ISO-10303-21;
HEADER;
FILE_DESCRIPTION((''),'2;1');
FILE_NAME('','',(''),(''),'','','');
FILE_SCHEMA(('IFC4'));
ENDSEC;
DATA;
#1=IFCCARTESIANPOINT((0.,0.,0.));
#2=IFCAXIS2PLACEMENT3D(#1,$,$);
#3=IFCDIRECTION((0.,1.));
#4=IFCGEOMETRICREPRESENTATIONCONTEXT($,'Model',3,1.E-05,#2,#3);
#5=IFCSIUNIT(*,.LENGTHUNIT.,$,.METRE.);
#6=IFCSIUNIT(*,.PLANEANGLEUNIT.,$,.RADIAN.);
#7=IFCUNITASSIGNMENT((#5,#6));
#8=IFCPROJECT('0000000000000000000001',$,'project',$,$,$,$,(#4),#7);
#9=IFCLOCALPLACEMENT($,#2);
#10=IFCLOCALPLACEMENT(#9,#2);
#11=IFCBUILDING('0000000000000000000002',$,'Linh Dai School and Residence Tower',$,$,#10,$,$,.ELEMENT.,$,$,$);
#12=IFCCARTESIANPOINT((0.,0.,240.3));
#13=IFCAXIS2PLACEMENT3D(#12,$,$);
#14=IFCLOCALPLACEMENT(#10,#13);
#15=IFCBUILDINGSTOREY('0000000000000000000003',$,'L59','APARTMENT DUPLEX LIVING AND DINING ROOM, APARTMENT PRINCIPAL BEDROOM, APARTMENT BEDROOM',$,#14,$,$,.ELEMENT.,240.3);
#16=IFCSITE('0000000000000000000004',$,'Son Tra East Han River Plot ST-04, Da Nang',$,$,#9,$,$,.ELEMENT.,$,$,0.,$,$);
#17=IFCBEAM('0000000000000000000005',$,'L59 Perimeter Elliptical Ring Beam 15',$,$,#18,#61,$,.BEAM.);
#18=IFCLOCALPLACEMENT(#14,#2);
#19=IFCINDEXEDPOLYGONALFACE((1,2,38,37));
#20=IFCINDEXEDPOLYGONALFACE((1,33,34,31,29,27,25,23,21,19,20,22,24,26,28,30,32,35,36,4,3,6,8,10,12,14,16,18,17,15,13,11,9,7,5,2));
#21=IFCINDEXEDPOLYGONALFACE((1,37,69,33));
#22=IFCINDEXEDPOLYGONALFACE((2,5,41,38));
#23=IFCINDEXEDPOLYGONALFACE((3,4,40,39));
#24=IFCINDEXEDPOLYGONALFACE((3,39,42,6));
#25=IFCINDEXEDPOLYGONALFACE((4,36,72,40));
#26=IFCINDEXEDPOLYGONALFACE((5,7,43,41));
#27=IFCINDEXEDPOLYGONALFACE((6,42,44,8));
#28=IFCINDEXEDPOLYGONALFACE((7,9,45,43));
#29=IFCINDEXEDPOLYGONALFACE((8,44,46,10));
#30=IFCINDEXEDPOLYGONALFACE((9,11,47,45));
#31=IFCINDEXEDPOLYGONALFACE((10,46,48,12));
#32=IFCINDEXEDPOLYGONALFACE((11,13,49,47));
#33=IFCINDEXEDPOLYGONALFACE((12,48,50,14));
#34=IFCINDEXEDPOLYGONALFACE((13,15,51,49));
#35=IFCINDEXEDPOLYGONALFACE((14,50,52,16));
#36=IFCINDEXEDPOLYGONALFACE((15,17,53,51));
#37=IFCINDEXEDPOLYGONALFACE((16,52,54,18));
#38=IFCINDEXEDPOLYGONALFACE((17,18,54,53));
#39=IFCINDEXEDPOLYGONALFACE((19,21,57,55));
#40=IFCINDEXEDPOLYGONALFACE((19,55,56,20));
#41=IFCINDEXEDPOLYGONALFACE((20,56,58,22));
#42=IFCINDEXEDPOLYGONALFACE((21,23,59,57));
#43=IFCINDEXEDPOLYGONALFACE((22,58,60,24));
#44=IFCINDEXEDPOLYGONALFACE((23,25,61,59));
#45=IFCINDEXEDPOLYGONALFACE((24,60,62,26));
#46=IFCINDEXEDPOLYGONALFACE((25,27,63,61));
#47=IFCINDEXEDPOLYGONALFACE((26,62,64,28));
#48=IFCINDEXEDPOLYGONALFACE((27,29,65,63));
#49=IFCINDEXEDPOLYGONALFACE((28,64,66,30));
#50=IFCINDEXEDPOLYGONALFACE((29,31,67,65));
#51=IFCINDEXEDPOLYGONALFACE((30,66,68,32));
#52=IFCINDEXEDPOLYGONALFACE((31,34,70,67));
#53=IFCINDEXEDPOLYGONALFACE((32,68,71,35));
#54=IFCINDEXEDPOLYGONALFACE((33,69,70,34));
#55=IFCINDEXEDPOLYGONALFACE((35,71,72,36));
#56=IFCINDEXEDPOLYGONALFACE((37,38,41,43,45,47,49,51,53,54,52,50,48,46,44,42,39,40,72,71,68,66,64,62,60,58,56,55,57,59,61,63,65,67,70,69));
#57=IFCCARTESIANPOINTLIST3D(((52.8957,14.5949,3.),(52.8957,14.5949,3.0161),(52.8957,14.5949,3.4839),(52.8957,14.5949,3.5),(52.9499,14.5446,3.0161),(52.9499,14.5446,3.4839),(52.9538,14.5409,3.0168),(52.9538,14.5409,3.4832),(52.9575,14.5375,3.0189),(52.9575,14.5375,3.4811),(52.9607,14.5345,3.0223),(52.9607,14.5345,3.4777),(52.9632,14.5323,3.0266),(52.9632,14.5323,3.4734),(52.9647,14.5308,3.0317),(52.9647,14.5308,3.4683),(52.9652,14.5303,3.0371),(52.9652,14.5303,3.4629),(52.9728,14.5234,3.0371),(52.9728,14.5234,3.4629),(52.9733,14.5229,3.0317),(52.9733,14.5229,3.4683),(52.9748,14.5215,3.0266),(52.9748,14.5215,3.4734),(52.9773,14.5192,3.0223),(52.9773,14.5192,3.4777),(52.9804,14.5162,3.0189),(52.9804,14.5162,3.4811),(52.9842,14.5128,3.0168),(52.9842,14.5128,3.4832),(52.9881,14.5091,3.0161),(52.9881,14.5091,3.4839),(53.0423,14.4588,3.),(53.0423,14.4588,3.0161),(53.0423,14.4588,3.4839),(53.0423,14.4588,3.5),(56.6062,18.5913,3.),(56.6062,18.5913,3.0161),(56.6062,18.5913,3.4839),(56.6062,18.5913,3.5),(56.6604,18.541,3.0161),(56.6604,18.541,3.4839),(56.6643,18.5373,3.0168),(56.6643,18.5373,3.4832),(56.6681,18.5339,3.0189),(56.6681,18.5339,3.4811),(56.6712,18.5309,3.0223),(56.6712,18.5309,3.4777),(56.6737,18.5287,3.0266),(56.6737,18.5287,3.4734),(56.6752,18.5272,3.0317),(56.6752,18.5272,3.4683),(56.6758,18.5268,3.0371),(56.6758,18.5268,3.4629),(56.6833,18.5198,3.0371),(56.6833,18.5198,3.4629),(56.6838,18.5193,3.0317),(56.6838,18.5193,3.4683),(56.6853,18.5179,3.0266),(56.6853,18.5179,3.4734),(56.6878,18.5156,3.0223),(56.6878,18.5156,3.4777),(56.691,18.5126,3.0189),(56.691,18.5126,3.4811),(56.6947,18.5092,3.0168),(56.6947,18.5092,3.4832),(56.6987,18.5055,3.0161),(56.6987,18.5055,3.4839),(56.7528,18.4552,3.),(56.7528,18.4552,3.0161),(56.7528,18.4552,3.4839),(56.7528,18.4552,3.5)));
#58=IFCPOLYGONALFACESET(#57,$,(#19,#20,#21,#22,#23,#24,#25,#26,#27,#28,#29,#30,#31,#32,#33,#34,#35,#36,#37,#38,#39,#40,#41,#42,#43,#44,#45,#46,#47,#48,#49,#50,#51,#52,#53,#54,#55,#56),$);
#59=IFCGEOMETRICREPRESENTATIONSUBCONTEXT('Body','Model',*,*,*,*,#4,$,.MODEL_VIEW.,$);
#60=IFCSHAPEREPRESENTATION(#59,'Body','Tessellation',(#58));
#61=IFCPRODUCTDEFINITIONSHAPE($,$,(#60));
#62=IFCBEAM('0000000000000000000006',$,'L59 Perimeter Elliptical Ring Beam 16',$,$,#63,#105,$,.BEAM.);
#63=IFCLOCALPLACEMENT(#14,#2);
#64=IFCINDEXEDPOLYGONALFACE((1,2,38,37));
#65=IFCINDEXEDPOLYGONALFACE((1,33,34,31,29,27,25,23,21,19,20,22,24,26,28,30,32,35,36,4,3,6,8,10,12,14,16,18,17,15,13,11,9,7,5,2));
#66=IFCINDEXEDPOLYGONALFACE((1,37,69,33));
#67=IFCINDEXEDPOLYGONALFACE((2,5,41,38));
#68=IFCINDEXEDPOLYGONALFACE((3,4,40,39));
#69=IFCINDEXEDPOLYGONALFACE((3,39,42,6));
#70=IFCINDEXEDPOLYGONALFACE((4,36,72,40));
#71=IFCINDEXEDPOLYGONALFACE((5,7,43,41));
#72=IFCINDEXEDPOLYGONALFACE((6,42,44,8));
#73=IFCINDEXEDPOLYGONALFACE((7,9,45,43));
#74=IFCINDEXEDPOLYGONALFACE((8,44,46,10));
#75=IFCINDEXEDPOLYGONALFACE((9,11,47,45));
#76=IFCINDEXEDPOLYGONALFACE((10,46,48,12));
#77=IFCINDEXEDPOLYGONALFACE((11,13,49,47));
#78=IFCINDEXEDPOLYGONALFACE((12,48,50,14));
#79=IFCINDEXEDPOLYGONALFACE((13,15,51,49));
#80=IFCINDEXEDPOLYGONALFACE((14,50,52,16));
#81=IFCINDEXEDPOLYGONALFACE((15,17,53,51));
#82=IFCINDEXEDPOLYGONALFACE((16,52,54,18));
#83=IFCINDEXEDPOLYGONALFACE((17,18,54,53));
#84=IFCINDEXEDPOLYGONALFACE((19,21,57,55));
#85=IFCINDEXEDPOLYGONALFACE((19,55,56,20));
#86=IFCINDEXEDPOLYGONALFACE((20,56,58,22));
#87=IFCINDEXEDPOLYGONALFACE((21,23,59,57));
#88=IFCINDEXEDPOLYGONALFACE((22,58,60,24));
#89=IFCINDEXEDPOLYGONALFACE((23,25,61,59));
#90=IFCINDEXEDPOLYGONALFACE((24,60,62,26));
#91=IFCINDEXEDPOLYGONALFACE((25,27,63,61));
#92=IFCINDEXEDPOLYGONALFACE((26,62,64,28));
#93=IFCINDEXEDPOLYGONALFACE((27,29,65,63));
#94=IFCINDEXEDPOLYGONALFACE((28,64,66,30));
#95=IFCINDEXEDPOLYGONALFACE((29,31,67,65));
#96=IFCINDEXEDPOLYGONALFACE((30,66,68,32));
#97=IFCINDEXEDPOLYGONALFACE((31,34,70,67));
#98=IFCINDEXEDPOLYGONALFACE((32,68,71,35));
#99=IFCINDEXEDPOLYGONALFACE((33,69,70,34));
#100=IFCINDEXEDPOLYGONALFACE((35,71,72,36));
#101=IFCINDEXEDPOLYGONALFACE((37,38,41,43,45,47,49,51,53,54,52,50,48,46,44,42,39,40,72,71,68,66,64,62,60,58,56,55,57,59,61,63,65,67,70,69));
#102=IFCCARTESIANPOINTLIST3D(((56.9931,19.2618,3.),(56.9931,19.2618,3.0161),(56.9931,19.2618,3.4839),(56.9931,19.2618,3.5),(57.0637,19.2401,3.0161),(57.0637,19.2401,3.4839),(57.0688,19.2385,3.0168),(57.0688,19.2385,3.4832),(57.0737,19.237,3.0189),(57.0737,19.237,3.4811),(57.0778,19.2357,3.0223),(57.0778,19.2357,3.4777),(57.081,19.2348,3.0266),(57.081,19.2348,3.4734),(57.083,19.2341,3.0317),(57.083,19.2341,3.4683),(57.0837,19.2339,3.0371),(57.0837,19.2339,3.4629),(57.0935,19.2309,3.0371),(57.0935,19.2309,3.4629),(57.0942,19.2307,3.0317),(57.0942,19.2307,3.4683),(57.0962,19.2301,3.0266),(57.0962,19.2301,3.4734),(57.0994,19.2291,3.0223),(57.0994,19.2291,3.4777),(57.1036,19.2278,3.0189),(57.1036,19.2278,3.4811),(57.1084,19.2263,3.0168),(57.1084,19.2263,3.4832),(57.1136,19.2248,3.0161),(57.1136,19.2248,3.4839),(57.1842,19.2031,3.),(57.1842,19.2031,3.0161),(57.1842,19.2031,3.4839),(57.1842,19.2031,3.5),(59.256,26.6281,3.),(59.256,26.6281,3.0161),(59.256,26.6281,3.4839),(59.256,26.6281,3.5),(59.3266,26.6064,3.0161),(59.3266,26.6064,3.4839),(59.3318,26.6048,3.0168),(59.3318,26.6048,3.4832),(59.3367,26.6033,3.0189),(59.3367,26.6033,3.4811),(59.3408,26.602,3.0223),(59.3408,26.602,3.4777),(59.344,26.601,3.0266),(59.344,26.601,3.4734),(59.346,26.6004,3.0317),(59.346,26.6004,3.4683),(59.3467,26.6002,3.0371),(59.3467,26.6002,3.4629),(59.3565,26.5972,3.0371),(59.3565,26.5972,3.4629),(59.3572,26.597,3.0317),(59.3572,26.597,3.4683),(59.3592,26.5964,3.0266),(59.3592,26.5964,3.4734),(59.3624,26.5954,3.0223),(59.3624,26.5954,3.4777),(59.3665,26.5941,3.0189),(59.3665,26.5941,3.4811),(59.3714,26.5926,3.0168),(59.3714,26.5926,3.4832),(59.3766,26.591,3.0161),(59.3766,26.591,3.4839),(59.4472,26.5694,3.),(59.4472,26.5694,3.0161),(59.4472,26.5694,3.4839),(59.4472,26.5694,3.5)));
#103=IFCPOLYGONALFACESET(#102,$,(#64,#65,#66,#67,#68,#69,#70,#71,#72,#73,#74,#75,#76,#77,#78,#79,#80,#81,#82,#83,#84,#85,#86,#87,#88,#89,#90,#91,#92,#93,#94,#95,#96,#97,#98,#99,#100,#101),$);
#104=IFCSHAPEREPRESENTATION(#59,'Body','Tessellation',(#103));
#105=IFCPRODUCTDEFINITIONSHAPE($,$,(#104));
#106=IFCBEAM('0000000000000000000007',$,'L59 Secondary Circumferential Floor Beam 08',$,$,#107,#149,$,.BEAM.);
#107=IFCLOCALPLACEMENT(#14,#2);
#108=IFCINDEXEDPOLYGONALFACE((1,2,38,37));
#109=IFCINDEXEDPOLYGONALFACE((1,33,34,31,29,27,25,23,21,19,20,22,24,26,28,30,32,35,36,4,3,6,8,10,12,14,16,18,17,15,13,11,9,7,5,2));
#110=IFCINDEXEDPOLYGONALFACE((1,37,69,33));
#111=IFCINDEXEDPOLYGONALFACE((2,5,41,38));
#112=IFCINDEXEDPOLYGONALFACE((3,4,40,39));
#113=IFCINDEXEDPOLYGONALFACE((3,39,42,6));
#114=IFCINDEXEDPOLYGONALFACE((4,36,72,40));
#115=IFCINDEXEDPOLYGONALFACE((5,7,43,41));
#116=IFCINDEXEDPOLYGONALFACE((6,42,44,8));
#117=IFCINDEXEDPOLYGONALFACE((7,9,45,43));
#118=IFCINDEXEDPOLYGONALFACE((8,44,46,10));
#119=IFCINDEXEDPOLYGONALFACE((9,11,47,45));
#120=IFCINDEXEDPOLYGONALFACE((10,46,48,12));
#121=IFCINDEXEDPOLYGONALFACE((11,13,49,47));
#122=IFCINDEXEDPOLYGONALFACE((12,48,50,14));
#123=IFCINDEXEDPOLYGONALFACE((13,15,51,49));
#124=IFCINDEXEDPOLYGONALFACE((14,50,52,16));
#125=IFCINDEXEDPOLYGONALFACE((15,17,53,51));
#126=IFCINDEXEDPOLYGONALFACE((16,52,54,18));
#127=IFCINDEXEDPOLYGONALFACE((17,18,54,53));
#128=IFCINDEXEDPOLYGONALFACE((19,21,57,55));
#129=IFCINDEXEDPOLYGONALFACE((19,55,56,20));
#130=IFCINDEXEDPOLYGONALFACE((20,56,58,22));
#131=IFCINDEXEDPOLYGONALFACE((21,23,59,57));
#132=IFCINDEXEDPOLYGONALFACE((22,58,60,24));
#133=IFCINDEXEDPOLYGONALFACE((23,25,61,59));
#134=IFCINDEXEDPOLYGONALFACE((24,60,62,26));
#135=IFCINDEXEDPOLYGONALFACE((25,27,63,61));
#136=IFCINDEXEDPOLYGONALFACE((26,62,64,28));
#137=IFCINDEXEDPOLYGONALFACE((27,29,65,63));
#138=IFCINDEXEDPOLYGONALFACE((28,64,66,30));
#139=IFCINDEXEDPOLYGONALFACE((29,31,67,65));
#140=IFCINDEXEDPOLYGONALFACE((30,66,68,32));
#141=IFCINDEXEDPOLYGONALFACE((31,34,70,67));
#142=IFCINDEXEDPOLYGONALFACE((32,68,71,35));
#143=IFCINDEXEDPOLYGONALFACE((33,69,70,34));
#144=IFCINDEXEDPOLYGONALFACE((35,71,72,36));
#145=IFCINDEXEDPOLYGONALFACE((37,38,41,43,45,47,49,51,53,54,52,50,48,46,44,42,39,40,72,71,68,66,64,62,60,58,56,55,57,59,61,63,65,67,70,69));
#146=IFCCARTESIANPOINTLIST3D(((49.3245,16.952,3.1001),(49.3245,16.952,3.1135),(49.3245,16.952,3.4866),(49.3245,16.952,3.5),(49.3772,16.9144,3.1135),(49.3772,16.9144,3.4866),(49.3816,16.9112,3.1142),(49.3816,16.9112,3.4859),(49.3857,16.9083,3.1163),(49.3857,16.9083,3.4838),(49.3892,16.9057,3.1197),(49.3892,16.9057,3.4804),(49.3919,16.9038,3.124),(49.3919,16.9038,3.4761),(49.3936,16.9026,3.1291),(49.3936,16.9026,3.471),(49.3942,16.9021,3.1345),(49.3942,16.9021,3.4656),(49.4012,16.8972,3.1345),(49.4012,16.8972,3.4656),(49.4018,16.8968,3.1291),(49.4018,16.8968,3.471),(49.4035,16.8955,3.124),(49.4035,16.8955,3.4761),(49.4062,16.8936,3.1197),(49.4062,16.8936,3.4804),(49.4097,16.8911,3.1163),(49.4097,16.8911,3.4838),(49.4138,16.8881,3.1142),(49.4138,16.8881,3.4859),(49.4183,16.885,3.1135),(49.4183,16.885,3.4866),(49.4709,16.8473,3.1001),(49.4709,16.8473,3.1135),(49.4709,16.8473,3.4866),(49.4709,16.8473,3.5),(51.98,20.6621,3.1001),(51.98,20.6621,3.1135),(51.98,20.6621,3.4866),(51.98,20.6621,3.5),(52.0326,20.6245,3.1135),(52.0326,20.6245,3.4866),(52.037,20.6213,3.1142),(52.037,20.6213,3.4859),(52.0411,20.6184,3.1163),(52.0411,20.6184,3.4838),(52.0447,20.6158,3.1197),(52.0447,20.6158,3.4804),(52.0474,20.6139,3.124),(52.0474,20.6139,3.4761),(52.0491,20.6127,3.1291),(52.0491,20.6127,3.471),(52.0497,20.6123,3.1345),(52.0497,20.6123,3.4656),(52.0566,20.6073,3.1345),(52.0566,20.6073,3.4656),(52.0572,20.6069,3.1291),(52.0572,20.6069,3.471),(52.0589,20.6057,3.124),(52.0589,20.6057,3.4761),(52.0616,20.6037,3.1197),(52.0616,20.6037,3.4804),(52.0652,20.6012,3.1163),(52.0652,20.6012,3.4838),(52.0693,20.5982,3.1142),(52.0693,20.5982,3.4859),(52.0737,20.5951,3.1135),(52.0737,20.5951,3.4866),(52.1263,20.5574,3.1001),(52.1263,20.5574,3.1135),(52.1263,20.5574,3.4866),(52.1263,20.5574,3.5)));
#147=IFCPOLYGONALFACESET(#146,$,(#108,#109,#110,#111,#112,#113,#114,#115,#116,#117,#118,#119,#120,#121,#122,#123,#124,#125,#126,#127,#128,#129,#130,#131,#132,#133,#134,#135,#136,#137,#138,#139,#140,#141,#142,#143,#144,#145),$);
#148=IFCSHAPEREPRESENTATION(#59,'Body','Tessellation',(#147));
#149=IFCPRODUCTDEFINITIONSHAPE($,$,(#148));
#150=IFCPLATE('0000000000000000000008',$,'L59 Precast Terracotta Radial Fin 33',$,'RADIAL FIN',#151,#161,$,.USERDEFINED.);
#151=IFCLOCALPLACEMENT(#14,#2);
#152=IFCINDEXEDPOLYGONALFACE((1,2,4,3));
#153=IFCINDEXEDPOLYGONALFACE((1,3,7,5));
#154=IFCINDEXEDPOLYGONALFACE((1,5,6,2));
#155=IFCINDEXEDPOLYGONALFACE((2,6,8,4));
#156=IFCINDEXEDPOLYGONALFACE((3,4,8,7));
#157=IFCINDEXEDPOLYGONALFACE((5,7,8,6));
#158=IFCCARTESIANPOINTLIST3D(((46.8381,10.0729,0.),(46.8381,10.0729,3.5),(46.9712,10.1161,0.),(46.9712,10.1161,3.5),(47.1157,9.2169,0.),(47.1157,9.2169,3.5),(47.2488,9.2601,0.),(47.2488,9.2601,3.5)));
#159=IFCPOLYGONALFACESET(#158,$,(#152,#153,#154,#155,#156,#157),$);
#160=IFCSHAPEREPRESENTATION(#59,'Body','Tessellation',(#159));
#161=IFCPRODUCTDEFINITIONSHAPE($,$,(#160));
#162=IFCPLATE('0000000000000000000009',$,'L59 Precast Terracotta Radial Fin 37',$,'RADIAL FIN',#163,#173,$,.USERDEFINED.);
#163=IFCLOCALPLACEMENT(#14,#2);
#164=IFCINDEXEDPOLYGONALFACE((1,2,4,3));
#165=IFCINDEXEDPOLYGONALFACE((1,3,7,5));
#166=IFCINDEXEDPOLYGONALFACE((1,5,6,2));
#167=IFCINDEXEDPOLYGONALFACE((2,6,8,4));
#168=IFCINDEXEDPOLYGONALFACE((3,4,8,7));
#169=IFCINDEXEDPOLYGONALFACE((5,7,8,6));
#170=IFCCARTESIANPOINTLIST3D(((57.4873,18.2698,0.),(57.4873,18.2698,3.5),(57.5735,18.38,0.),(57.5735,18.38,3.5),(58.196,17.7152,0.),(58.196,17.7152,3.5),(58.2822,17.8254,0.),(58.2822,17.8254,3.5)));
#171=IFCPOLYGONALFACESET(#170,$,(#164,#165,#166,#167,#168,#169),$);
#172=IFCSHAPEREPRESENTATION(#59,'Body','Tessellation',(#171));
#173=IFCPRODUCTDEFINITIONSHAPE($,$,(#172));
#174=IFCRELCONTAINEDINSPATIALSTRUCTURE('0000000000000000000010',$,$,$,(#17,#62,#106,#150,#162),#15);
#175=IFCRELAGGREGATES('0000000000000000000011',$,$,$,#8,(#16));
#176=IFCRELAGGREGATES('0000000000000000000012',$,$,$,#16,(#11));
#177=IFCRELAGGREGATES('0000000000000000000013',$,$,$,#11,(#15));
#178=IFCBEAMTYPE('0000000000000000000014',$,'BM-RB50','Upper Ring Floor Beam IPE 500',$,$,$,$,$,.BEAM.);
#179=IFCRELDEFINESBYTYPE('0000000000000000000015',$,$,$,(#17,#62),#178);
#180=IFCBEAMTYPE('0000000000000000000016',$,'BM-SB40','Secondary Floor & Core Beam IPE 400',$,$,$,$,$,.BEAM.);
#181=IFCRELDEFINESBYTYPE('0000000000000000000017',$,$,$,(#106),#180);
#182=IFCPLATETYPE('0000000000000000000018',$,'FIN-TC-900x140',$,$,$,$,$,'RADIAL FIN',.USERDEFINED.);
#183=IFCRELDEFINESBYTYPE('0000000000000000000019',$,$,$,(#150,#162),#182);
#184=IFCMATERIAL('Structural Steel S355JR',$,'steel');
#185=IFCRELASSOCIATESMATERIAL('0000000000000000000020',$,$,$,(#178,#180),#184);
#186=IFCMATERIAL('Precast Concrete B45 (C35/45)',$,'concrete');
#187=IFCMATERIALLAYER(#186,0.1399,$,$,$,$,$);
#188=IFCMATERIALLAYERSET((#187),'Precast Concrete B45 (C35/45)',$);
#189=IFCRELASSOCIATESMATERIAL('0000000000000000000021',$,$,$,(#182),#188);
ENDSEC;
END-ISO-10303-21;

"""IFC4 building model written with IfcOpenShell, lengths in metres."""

from ifc_helpers import new_model, si_unit, direction, frame, origin, origin_2d, place, context, subcontext, project, spatial, rectangle, i_section, extrude, source, transform, mapped, material, layer, layer_set, material_profile, profile_set, type_object, element, save


model = new_model("IFC4")

# Units and contexts
model_context = context("Model", 3, precision=1e-05, world=origin(), true_north=direction((0.0, 1.0)))
body_context = subcontext(model_context, "Body", "Model", "MODEL_VIEW")
ifc_project = project(units=[si_unit("LENGTHUNIT", "METRE"), si_unit("PLANEANGLEUNIT", "RADIAN")], contexts=[model_context])

# Site, building, storey
site_placement = place(None, origin())
site = spatial("IfcSite", under=ifc_project, at=site_placement, Name="Son Tra East Han River Plot ST-04, Da Nang", CompositionType="ELEMENT", RefElevation=0.0)
building_placement = place(site_placement, origin())
building = spatial("IfcBuilding", under=site, at=building_placement, Name="Linh Dai School and Residence Tower", CompositionType="ELEMENT")
storey_placement = place(building_placement, frame((0.0, 0.0, 240.3)))
storey = spatial("IfcBuildingStorey", under=building, at=storey_placement, Name="L59", Description="APARTMENT DUPLEX LIVING AND DINING ROOM, APARTMENT PRINCIPAL BEDROOM, APARTMENT BEDROOM", CompositionType="ELEMENT", Elevation=240.3)

# Shared definitions
ifc_material_1 = material(Name="Structural Steel S355JR", Category="steel")

# Beams
ifc_material_profile_1 = material_profile(ifc_material_1, i_section(OverallWidth=0.2, OverallDepth=0.5, WebThickness=0.0103, FlangeThickness=0.0161, FilletRadius=0.021, at=origin_2d()), Name="IPE 500")
ifc_profile_set_1 = profile_set([ifc_material_profile_1], Name="Structural Steel S355JR")
beam_type_1 = type_object("IfcBeamType", Name="BM-RB50", Description="Upper Ring Floor Beam IPE 500", PredefinedType="BEAM", material=ifc_profile_set_1)
beam_1_placement = place(storey_placement, frame((52.969, 14.5269, 3.25), z_axis=(0.680408, 0.732833, 0.0), x_axis=(-0.732833, 0.680408, 0.0)))
element("IfcBeam", 1, at=beam_1_placement, inside=storey, type_object=beam_type_1, Name="L59 Perimeter Elliptical Ring Beam 15", PredefinedType="BEAM", context=body_context, shape_type="SweptSolid", body=[
    extrude(i_section(OverallWidth=0.2, OverallDepth=0.5, WebThickness=0.0103, FlangeThickness=0.0161, FilletRadius=0.021, at=origin_2d()), origin(), (0.0, 0.0, 1.0), 5.4534),
])
beam_2_placement = place(storey_placement, frame((57.0886, 19.2324, 3.25), z_axis=(0.293661, 0.95591, 0.0), x_axis=(-0.95591, 0.293661, 0.0)))
element("IfcBeam", 2, at=beam_2_placement, inside=storey, type_object=beam_type_1, Name="L59 Perimeter Elliptical Ring Beam 16", PredefinedType="BEAM", context=body_context, shape_type="SweptSolid", body=[
    extrude(i_section(OverallWidth=0.2, OverallDepth=0.5, WebThickness=0.0103, FlangeThickness=0.0161, FilletRadius=0.021, at=origin_2d()), origin(), (0.0, 0.0, 1.0), 7.7061),
])
ifc_material_profile_2 = material_profile(ifc_material_1, i_section(OverallWidth=0.1799, OverallDepth=0.3999, WebThickness=0.0085, FlangeThickness=0.0134, FilletRadius=0.021, at=origin_2d()), Name="IPE 400")
ifc_profile_set_2 = profile_set([ifc_material_profile_2], Name="Structural Steel S355JR")
beam_type_2 = type_object("IfcBeamType", Name="BM-SB40", Description="Secondary Floor & Core Beam IPE 400", PredefinedType="BEAM", material=ifc_profile_set_2)
beam_3_placement = place(storey_placement, frame((49.3977, 16.8997, 3.3), z_axis=(0.582017, 0.813176, 0.0), x_axis=(-0.813176, 0.582017, 0.0)))
element("IfcBeam", 3, at=beam_3_placement, inside=storey, type_object=beam_type_2, Name="L59 Secondary Circumferential Floor Beam 08", PredefinedType="BEAM", context=body_context, shape_type="SweptSolid", body=[
    extrude(i_section(OverallWidth=0.1799, OverallDepth=0.3999, WebThickness=0.0085, FlangeThickness=0.0134, FilletRadius=0.021, at=origin_2d()), origin(), (0.0, 0.0, 1.0), 4.5625),
])

# Plates
ifc_material_2 = material(Name="Precast Concrete B45 (C35/45)", Category="concrete")
ifc_layer_1 = layer(ifc_material_2, 0.1399)
ifc_layer_set_1 = layer_set([ifc_layer_1], Name="Precast Concrete B45 (C35/45)")
plate_type = type_object("IfcPlateType", Name="FIN-TC-900x140", ElementType="RADIAL FIN", PredefinedType="USERDEFINED", material=ifc_layer_set_1)
shared_shape_1 = source(origin(), body_context, "Body", "SweptSolid", [
    extrude(rectangle(XDim=0.8999, YDim=0.1399, at=origin_2d()), origin(), (0.0, 0.0, 1.0), 3.5),
])
for number, where, z_axis, x_axis, name in (
    (4, (47.0435, 9.6665, 0.0), (0.0, 0.0, 1.0), (0.308501, -0.951224, 0.0), "L59 Precast Terracotta Radial Fin 33"),
    (5, (57.8848, 18.0476, 0.0), (0.0, 0.0, 1.0), (0.787485, -0.616334, 0.0), "L59 Precast Terracotta Radial Fin 37"),
):
    element("IfcPlate", number, at=place(storey_placement, frame(where, z_axis=z_axis, x_axis=x_axis)), inside=storey, type_object=plate_type, Name=name, ObjectType="RADIAL FIN", PredefinedType="USERDEFINED", context=body_context, shape_type="MappedRepresentation", body=[
        mapped(shared_shape_1, transform((0.0, 0.0, 0.0), x_axis=(1.0, 0.0, 0.0), y_axis=(0.0, 1.0, 0.0), z_axis=(0.0, 0.0, 1.0), scale=1.0)),
    ])

save(model, "model.ifc")
